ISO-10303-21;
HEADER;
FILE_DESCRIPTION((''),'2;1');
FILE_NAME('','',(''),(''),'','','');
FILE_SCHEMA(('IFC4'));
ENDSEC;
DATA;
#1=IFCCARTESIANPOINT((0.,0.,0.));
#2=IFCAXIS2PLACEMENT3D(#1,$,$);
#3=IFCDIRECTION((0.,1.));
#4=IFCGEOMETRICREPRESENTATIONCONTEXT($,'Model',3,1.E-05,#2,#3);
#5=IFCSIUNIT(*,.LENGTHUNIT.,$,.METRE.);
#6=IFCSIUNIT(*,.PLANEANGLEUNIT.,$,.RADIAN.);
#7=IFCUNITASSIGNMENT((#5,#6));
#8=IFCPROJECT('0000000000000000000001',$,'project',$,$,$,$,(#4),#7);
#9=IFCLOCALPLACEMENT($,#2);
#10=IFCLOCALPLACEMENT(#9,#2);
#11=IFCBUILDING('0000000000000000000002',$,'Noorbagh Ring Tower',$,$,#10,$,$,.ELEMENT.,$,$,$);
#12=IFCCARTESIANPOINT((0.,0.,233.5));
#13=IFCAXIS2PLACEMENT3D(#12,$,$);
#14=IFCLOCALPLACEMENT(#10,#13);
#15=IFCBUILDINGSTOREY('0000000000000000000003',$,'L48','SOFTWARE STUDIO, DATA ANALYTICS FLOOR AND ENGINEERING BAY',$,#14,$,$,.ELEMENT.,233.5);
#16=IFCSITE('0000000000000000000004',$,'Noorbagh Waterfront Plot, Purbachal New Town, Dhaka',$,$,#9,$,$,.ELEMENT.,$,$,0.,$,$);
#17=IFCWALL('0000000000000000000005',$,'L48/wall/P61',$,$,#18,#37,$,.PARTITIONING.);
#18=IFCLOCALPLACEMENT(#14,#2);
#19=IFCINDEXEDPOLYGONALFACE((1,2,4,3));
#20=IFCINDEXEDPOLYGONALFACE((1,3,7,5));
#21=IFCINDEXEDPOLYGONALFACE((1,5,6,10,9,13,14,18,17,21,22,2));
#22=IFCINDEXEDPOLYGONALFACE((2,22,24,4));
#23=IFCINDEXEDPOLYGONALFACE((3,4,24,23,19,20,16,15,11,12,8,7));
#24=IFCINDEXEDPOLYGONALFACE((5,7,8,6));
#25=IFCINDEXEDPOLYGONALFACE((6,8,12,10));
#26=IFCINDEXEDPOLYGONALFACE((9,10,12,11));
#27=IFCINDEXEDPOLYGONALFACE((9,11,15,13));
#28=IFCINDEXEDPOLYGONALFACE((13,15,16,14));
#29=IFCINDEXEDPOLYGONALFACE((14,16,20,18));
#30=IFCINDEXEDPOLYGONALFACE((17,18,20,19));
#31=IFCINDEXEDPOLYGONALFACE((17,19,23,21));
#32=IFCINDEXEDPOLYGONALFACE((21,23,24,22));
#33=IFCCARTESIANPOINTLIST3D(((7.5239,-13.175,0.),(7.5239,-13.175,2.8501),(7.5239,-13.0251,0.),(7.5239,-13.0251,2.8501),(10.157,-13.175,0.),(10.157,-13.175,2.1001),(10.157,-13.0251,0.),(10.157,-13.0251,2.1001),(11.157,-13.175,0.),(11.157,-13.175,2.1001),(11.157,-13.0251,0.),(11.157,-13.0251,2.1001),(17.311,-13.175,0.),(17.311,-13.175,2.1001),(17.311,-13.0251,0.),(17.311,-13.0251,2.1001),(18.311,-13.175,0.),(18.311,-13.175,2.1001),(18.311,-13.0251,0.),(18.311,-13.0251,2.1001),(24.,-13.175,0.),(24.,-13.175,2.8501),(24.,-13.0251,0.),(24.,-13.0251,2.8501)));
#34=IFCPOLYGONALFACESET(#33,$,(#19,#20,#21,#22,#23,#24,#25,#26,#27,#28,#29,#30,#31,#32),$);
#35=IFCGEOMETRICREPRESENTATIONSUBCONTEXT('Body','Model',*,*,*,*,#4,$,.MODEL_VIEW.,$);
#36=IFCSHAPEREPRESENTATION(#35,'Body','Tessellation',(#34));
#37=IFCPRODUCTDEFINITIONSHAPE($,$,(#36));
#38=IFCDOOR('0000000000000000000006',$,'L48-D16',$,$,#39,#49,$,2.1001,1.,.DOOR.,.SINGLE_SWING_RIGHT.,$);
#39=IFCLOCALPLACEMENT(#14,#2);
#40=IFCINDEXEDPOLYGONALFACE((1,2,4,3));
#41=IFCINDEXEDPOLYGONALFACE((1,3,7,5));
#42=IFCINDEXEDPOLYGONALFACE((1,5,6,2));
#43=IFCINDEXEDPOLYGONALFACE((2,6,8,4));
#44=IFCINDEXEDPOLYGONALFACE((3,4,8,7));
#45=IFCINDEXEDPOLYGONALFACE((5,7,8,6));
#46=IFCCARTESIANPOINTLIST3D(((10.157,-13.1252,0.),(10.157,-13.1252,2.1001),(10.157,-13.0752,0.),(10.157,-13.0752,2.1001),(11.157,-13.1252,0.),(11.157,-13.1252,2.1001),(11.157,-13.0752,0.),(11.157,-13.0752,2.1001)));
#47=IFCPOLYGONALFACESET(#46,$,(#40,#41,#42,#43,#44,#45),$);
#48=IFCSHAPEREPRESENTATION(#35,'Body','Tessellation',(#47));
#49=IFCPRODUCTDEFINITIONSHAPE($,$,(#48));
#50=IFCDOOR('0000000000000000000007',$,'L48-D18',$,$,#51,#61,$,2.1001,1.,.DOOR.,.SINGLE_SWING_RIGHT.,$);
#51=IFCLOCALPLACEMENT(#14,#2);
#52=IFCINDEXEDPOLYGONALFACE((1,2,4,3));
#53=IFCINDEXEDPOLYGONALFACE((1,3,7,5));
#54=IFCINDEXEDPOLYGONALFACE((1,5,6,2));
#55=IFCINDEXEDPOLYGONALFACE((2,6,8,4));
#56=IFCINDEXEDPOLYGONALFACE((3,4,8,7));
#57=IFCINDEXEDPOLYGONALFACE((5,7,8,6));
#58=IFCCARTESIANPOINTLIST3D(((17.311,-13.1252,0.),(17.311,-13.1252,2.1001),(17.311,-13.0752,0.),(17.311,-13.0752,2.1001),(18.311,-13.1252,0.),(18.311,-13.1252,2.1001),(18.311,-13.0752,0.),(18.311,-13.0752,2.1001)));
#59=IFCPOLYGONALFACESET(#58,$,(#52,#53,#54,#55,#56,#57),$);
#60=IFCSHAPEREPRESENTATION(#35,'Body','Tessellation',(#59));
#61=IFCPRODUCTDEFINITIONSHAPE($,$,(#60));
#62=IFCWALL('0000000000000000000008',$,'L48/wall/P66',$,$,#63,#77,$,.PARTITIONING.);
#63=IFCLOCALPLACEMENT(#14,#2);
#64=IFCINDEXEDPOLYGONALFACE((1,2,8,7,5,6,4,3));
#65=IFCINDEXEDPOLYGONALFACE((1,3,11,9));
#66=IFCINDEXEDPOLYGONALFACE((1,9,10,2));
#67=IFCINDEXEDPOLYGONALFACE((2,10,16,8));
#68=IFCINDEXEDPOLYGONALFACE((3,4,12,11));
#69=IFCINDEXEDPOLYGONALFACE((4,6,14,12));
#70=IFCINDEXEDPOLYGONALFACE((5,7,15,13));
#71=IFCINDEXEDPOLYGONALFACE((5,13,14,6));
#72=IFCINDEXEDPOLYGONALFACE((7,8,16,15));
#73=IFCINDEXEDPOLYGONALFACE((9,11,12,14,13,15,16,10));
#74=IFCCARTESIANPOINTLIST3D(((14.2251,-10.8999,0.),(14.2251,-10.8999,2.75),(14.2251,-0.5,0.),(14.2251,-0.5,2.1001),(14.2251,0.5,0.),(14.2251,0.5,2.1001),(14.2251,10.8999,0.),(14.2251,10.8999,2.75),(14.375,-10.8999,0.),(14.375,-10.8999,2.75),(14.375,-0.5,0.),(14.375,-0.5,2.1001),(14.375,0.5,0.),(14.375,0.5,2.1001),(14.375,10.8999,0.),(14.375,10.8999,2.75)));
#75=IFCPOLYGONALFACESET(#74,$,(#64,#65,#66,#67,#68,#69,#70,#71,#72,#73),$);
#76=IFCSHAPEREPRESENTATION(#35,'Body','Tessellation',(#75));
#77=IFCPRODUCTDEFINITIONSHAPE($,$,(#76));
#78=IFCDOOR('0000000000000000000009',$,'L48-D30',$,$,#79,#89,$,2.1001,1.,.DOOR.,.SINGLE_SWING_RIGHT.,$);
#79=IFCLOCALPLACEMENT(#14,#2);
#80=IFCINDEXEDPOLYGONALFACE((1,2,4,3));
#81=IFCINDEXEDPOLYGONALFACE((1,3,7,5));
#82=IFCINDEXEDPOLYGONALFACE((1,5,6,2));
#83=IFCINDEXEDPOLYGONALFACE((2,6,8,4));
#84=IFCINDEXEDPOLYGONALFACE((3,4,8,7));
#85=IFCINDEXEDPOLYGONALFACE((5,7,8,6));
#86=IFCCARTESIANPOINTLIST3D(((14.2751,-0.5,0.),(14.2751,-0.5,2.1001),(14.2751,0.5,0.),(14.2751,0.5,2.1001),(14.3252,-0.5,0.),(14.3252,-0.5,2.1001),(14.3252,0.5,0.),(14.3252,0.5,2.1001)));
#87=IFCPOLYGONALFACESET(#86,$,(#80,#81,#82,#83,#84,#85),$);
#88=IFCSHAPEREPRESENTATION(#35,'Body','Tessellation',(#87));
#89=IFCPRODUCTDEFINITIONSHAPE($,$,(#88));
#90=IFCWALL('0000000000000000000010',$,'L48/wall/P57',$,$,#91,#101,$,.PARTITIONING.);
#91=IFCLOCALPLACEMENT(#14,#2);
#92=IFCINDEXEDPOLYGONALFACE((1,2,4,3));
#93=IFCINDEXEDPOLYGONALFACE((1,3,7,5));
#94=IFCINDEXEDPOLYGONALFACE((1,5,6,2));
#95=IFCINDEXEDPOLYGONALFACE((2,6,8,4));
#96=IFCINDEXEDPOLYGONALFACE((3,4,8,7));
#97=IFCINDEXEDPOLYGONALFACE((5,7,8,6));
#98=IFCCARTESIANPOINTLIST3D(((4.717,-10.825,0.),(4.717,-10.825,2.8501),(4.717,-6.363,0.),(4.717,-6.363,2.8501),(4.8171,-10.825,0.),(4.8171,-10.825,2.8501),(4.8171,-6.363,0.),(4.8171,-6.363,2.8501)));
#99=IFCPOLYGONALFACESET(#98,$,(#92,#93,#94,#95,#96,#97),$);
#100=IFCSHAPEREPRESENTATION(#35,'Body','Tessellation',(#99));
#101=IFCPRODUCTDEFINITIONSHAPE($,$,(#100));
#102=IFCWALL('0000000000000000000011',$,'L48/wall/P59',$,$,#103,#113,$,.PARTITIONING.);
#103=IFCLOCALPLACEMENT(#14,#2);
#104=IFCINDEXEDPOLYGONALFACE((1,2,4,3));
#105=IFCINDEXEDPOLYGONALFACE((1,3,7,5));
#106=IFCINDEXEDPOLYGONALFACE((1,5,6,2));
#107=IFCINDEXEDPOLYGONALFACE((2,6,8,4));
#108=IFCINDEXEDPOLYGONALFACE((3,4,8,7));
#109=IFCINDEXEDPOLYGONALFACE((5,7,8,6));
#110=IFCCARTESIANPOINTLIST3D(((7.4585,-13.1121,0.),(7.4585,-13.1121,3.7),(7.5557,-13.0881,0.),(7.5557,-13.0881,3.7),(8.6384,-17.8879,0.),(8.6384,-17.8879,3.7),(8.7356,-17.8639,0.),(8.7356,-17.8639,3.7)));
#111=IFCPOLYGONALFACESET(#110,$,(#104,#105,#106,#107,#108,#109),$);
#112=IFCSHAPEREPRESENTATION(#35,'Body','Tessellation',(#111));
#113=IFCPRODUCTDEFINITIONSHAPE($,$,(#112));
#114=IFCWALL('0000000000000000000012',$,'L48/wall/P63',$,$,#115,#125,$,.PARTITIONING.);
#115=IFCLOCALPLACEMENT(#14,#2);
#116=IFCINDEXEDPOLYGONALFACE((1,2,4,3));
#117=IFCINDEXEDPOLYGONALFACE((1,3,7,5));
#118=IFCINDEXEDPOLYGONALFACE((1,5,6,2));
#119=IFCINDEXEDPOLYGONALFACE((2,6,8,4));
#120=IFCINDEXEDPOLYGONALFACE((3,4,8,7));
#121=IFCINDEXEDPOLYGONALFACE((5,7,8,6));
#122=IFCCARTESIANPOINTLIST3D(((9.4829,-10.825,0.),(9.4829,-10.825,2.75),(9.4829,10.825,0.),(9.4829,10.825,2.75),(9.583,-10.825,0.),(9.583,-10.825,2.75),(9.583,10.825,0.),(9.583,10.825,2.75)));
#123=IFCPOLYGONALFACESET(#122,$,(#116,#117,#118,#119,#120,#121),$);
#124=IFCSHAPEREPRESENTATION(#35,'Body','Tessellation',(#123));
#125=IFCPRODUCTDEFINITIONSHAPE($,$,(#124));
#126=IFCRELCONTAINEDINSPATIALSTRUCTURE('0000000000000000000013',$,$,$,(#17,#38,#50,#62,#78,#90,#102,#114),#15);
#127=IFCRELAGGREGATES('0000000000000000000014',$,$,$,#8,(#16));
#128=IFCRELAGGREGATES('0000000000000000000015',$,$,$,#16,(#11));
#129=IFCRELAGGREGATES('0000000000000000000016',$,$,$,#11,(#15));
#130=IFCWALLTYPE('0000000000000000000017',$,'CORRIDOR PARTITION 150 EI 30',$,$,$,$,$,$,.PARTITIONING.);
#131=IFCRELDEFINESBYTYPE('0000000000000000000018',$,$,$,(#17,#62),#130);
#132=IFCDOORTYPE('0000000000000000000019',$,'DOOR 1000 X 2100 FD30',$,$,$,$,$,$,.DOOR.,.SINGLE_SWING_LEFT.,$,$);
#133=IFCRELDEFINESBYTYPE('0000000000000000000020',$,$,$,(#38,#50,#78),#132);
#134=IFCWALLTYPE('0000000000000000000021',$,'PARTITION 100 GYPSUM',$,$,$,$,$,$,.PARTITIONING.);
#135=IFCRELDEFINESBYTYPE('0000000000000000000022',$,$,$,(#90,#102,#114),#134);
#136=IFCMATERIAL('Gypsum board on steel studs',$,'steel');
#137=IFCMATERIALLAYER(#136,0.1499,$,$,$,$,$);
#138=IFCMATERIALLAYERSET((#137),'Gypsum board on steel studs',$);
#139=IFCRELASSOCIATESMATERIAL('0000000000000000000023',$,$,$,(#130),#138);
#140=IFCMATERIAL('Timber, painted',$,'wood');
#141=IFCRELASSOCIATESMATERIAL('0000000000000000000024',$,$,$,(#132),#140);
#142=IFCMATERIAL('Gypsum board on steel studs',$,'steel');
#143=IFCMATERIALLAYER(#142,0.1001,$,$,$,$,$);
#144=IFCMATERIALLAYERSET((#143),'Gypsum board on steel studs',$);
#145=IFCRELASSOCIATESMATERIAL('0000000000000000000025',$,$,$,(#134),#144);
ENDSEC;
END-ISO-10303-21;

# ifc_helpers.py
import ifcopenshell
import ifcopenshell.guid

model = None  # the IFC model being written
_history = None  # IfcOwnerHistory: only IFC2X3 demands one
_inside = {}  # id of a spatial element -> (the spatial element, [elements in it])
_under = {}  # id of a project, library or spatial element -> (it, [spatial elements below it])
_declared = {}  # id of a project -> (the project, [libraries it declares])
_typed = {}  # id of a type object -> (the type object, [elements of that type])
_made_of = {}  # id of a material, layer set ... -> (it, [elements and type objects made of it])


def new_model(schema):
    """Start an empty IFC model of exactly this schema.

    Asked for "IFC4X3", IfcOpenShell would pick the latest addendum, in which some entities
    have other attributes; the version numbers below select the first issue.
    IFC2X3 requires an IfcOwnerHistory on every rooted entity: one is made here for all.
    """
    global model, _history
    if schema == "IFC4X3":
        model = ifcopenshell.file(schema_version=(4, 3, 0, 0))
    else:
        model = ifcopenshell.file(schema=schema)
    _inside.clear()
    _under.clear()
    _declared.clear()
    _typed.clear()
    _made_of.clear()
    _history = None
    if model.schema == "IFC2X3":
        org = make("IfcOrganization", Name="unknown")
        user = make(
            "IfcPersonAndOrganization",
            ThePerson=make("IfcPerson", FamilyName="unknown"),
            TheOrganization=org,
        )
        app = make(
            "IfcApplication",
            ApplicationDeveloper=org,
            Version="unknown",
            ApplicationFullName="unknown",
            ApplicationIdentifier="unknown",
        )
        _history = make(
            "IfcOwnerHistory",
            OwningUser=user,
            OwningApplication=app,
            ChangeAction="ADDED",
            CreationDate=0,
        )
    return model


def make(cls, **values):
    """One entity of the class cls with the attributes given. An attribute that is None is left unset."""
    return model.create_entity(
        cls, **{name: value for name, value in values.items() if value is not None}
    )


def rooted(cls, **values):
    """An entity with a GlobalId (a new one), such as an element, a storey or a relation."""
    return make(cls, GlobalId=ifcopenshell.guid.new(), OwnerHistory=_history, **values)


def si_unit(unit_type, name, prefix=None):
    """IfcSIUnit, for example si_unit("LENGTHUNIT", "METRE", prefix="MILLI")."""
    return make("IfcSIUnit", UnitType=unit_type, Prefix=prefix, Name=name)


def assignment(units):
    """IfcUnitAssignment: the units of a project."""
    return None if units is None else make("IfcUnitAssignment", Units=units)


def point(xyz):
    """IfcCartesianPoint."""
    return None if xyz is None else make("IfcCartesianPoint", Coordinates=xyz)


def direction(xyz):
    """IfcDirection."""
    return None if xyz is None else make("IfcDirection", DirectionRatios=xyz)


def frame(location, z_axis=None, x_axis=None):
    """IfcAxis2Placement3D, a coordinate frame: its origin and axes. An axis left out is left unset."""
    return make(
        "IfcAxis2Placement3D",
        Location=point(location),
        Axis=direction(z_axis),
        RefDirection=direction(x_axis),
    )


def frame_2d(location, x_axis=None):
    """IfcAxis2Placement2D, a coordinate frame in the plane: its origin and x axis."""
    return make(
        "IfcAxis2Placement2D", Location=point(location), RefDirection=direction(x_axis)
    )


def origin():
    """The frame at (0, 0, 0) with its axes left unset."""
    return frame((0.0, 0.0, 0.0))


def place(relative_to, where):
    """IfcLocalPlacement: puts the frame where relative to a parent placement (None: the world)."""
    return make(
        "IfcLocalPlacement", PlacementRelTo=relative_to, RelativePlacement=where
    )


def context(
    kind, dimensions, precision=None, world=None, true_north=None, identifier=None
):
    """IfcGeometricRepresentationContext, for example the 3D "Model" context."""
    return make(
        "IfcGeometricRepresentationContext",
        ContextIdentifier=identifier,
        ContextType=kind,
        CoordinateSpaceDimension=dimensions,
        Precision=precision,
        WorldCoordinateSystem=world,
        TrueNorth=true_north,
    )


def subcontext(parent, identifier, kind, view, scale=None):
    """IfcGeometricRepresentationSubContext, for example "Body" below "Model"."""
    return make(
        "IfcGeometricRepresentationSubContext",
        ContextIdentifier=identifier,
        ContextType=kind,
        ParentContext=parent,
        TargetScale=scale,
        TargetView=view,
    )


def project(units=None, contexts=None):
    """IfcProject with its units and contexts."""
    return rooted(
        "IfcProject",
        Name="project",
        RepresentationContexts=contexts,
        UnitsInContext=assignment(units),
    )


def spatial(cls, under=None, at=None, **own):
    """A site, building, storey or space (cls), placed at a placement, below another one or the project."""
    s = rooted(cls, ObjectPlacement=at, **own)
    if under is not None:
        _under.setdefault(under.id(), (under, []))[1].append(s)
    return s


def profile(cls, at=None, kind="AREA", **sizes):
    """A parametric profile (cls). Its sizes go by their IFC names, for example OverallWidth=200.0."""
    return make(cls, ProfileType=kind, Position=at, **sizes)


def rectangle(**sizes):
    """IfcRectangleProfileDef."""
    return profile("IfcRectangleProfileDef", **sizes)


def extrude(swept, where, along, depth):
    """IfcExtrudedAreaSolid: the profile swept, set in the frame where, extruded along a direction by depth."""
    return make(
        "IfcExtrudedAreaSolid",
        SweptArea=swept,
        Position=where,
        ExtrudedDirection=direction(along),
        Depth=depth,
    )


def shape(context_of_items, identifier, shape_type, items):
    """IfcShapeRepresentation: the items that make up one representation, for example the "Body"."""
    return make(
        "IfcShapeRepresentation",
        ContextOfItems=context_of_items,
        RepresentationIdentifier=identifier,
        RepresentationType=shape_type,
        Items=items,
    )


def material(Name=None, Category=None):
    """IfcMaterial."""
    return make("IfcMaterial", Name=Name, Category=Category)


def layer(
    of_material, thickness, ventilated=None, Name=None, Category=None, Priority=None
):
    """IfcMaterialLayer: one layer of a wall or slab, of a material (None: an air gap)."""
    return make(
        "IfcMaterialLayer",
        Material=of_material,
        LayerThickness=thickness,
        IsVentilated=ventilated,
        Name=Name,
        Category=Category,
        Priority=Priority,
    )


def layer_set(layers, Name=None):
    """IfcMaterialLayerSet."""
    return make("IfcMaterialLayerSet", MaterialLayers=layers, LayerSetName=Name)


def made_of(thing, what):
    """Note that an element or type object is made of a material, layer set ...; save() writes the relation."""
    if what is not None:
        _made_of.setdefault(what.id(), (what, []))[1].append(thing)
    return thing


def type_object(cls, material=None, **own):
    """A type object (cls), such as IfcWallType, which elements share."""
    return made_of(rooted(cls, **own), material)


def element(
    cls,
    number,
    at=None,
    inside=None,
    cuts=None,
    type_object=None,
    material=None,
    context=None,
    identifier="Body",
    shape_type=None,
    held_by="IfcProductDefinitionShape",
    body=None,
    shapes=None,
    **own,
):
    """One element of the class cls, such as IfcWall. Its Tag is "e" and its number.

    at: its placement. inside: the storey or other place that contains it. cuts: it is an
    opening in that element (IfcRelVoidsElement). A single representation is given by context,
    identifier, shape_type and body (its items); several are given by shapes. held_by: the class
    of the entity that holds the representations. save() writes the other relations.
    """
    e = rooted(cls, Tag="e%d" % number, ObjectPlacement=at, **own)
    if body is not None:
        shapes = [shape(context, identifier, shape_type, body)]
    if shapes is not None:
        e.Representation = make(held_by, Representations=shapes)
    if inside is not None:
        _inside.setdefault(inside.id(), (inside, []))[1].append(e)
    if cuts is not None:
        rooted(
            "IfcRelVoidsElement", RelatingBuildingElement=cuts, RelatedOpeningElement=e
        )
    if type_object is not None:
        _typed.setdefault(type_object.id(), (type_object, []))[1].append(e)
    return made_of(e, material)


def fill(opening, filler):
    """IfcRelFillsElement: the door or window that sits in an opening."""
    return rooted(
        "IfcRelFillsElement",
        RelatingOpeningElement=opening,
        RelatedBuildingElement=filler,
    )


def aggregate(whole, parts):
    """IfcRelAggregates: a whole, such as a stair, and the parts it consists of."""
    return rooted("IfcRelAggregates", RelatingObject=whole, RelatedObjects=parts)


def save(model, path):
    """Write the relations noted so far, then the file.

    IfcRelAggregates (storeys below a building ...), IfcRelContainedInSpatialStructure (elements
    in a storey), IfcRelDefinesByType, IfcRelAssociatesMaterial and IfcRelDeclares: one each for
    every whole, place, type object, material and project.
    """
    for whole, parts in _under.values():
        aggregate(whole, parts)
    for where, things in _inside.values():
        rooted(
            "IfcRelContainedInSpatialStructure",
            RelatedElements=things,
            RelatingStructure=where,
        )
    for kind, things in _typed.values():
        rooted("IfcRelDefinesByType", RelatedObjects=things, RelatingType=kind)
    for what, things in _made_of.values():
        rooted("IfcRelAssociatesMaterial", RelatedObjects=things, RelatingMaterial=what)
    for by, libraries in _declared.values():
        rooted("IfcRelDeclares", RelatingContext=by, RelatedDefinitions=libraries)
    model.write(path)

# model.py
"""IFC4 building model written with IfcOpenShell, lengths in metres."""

from ifc_helpers import new_model, si_unit, direction, frame, frame_2d, origin, place, context, subcontext, project, spatial, rectangle, extrude, material, layer, layer_set, type_object, element, fill, save


model = new_model("IFC4")

# Units and contexts
model_context = context("Model", 3, precision=1e-05, world=origin(), true_north=direction((0.0, 1.0)))
body_context = subcontext(model_context, "Body", "Model", "MODEL_VIEW")
ifc_project = project(units=[si_unit("LENGTHUNIT", "METRE"), si_unit("PLANEANGLEUNIT", "RADIAN")], contexts=[model_context])

# Site, building, storey
site_placement = place(None, origin())
site = spatial("IfcSite", under=ifc_project, at=site_placement, Name="Noorbagh Waterfront Plot, Purbachal New Town, Dhaka", CompositionType="ELEMENT", RefElevation=0.0)
building_placement = place(site_placement, origin())
building = spatial("IfcBuilding", under=site, at=building_placement, Name="Noorbagh Ring Tower", CompositionType="ELEMENT")
storey_placement = place(building_placement, frame((0.0, 0.0, 233.5)))
storey = spatial("IfcBuildingStorey", under=building, at=storey_placement, Name="L48", Description="SOFTWARE STUDIO, DATA ANALYTICS FLOOR AND ENGINEERING BAY", CompositionType="ELEMENT", Elevation=233.5)

# Shared definitions
ifc_material_1 = material(Name="Gypsum board on steel studs", Category="steel")
ifc_layer_1 = layer(ifc_material_1, 0.1499)
ifc_layer_set_1 = layer_set([ifc_layer_1], Name="Gypsum board on steel studs")
wall_type_1 = type_object("IfcWallType", Name="CORRIDOR PARTITION 150 EI 30", PredefinedType="PARTITIONING", material=ifc_layer_set_1)

# Shared definitions
ifc_material_2 = material(Name="Timber, painted", Category="wood")
door_type_1 = type_object("IfcDoorType", Name="DOOR 1000 X 2100 FD30", OperationType="SINGLE_SWING_LEFT", PredefinedType="DOOR", material=ifc_material_2)

# Wall, openings, doors
wall_1_placement = place(storey_placement, frame((7.5239, -13.1001, 0.0), z_axis=(0.0, 0.0, 1.0), x_axis=(1.0, 0.0, 0.0)))
wall_1 = element("IfcWall", 1, at=wall_1_placement, inside=storey, type_object=wall_type_1, Name="L48/wall/P61", PredefinedType="PARTITIONING", context=body_context, shape_type="SweptSolid", body=[
    extrude(rectangle(XDim=16.4761, YDim=0.1499, at=frame_2d((8.238, 0.0))), origin(), (0.0, 0.0, 1.0), 2.8501),
])
opening_1_placement = place(wall_1_placement, frame((2.6331, 0.0, 0.0)))
opening_1 = element("IfcOpeningElement", 2, at=opening_1_placement, cuts=wall_1, PredefinedType="OPENING", context=body_context, shape_type="SweptSolid", body=[
    extrude(rectangle(XDim=1.0, YDim=2.1001, at=frame_2d((0.5, 1.05))), frame((0.0, 0.085, 0.0), z_axis=(0.0, -1.0, 0.0), x_axis=(1.0, 0.0, 0.0)), (0.0, 0.0, 1.0), 0.1699),
])
opening_2_placement = place(wall_1_placement, frame((9.7871, 0.0, 0.0)))
opening_2 = element("IfcOpeningElement", 3, at=opening_2_placement, cuts=wall_1, PredefinedType="OPENING", context=body_context, shape_type="SweptSolid", body=[
    extrude(rectangle(XDim=1.0, YDim=2.1001, at=frame_2d((0.5, 1.05))), frame((0.0, 0.085, 0.0), z_axis=(0.0, -1.0, 0.0), x_axis=(1.0, 0.0, 0.0)), (0.0, 0.0, 1.0), 0.1699),
])
door_1_placement = place(opening_1_placement, origin())
door_1 = element("IfcDoor", 4, at=door_1_placement, inside=storey, type_object=door_type_1, Name="L48-D16", OperationType="SINGLE_SWING_RIGHT", OverallHeight=2.1001, OverallWidth=1.0, PredefinedType="DOOR", context=body_context, shape_type="SweptSolid", body=[
    extrude(rectangle(XDim=1.0, YDim=2.1001, at=frame_2d((0.5, 1.05))), frame((0.0, 0.0249, 0.0), z_axis=(0.0, -1.0, 0.0), x_axis=(1.0, 0.0, 0.0)), (0.0, 0.0, 1.0), 0.05),
])
fill(opening_1, door_1)
door_2_placement = place(opening_2_placement, origin())
door_2 = element("IfcDoor", 5, at=door_2_placement, inside=storey, type_object=door_type_1, Name="L48-D18", OperationType="SINGLE_SWING_RIGHT", OverallHeight=2.1001, OverallWidth=1.0, PredefinedType="DOOR", context=body_context, shape_type="SweptSolid", body=[
    extrude(rectangle(XDim=1.0, YDim=2.1001, at=frame_2d((0.5, 1.05))), frame((0.0, 0.0249, 0.0), z_axis=(0.0, -1.0, 0.0), x_axis=(1.0, 0.0, 0.0)), (0.0, 0.0, 1.0), 0.05),
])
fill(opening_2, door_2)

# Wall, opening, door
wall_2_placement = place(storey_placement, frame((14.3, -10.8999, 0.0), z_axis=(0.0, 0.0, 1.0), x_axis=(0.0, 1.0, 0.0)))
wall_2 = element("IfcWall", 6, at=wall_2_placement, inside=storey, type_object=wall_type_1, Name="L48/wall/P66", PredefinedType="PARTITIONING", context=body_context, shape_type="SweptSolid", body=[
    extrude(rectangle(XDim=21.7998, YDim=0.1499, at=frame_2d((10.8999, 0.0))), origin(), (0.0, 0.0, 1.0), 2.75),
])
opening_3_placement = place(wall_2_placement, frame((10.3999, 0.0, 0.0)))
opening_3 = element("IfcOpeningElement", 7, at=opening_3_placement, cuts=wall_2, PredefinedType="OPENING", context=body_context, shape_type="SweptSolid", body=[
    extrude(rectangle(XDim=1.0, YDim=2.1001, at=frame_2d((0.5, 1.05))), frame((0.0, 0.085, 0.0), z_axis=(0.0, -1.0, 0.0), x_axis=(1.0, 0.0, 0.0)), (0.0, 0.0, 1.0), 0.1699),
])
door_3_placement = place(opening_3_placement, origin())
door_3 = element("IfcDoor", 8, at=door_3_placement, inside=storey, type_object=door_type_1, Name="L48-D30", OperationType="SINGLE_SWING_RIGHT", OverallHeight=2.1001, OverallWidth=1.0, PredefinedType="DOOR", context=body_context, shape_type="SweptSolid", body=[
    extrude(rectangle(XDim=1.0, YDim=2.1001, at=frame_2d((0.5, 1.05))), frame((0.0, 0.0249, 0.0), z_axis=(0.0, -1.0, 0.0), x_axis=(1.0, 0.0, 0.0)), (0.0, 0.0, 1.0), 0.05),
])
fill(opening_3, door_3)

# Walls
ifc_material_3 = material(Name="Gypsum board on steel studs", Category="steel")
ifc_layer_2 = layer(ifc_material_3, 0.1001)
ifc_layer_set_2 = layer_set([ifc_layer_2], Name="Gypsum board on steel studs")
wall_type_2 = type_object("IfcWallType", Name="PARTITION 100 GYPSUM", PredefinedType="PARTITIONING", material=ifc_layer_set_2)
wall_3_placement = place(storey_placement, frame((4.7671, -10.825, 0.0), z_axis=(0.0, 0.0, 1.0), x_axis=(0.0, 1.0, 0.0)))
element("IfcWall", 9, at=wall_3_placement, inside=storey, type_object=wall_type_2, Name="L48/wall/P57", PredefinedType="PARTITIONING", context=body_context, shape_type="SweptSolid", body=[
    extrude(rectangle(XDim=4.4619, YDim=0.1001, at=frame_2d((2.231, 0.0))), origin(), (0.0, 0.0, 1.0), 2.8501),
])
wall_4_placement = place(storey_placement, frame((7.5071, -13.1001, 0.0), z_axis=(0.0, 0.0, 1.0), x_axis=(0.239849, -0.97081, 0.0)))
element("IfcWall", 10, at=wall_4_placement, inside=storey, type_object=wall_type_2, Name="L48/wall/P59", PredefinedType="PARTITIONING", context=body_context, shape_type="SweptSolid", body=[
    extrude(rectangle(XDim=4.9194, YDim=0.1001, at=frame_2d((2.4597, 0.0))), origin(), (0.0, 0.0, 1.0), 3.7),
])
wall_5_placement = place(storey_placement, frame((9.533, -10.825, 0.0), z_axis=(0.0, 0.0, 1.0), x_axis=(0.0, 1.0, 0.0)))
element("IfcWall", 11, at=wall_5_placement, inside=storey, type_object=wall_type_2, Name="L48/wall/P63", PredefinedType="PARTITIONING", context=body_context, shape_type="SweptSolid", body=[
    extrude(rectangle(XDim=21.6499, YDim=0.1001, at=frame_2d((10.825, 0.0))), origin(), (0.0, 0.0, 1.0), 2.75),
])

save(model, "model.ifc")
